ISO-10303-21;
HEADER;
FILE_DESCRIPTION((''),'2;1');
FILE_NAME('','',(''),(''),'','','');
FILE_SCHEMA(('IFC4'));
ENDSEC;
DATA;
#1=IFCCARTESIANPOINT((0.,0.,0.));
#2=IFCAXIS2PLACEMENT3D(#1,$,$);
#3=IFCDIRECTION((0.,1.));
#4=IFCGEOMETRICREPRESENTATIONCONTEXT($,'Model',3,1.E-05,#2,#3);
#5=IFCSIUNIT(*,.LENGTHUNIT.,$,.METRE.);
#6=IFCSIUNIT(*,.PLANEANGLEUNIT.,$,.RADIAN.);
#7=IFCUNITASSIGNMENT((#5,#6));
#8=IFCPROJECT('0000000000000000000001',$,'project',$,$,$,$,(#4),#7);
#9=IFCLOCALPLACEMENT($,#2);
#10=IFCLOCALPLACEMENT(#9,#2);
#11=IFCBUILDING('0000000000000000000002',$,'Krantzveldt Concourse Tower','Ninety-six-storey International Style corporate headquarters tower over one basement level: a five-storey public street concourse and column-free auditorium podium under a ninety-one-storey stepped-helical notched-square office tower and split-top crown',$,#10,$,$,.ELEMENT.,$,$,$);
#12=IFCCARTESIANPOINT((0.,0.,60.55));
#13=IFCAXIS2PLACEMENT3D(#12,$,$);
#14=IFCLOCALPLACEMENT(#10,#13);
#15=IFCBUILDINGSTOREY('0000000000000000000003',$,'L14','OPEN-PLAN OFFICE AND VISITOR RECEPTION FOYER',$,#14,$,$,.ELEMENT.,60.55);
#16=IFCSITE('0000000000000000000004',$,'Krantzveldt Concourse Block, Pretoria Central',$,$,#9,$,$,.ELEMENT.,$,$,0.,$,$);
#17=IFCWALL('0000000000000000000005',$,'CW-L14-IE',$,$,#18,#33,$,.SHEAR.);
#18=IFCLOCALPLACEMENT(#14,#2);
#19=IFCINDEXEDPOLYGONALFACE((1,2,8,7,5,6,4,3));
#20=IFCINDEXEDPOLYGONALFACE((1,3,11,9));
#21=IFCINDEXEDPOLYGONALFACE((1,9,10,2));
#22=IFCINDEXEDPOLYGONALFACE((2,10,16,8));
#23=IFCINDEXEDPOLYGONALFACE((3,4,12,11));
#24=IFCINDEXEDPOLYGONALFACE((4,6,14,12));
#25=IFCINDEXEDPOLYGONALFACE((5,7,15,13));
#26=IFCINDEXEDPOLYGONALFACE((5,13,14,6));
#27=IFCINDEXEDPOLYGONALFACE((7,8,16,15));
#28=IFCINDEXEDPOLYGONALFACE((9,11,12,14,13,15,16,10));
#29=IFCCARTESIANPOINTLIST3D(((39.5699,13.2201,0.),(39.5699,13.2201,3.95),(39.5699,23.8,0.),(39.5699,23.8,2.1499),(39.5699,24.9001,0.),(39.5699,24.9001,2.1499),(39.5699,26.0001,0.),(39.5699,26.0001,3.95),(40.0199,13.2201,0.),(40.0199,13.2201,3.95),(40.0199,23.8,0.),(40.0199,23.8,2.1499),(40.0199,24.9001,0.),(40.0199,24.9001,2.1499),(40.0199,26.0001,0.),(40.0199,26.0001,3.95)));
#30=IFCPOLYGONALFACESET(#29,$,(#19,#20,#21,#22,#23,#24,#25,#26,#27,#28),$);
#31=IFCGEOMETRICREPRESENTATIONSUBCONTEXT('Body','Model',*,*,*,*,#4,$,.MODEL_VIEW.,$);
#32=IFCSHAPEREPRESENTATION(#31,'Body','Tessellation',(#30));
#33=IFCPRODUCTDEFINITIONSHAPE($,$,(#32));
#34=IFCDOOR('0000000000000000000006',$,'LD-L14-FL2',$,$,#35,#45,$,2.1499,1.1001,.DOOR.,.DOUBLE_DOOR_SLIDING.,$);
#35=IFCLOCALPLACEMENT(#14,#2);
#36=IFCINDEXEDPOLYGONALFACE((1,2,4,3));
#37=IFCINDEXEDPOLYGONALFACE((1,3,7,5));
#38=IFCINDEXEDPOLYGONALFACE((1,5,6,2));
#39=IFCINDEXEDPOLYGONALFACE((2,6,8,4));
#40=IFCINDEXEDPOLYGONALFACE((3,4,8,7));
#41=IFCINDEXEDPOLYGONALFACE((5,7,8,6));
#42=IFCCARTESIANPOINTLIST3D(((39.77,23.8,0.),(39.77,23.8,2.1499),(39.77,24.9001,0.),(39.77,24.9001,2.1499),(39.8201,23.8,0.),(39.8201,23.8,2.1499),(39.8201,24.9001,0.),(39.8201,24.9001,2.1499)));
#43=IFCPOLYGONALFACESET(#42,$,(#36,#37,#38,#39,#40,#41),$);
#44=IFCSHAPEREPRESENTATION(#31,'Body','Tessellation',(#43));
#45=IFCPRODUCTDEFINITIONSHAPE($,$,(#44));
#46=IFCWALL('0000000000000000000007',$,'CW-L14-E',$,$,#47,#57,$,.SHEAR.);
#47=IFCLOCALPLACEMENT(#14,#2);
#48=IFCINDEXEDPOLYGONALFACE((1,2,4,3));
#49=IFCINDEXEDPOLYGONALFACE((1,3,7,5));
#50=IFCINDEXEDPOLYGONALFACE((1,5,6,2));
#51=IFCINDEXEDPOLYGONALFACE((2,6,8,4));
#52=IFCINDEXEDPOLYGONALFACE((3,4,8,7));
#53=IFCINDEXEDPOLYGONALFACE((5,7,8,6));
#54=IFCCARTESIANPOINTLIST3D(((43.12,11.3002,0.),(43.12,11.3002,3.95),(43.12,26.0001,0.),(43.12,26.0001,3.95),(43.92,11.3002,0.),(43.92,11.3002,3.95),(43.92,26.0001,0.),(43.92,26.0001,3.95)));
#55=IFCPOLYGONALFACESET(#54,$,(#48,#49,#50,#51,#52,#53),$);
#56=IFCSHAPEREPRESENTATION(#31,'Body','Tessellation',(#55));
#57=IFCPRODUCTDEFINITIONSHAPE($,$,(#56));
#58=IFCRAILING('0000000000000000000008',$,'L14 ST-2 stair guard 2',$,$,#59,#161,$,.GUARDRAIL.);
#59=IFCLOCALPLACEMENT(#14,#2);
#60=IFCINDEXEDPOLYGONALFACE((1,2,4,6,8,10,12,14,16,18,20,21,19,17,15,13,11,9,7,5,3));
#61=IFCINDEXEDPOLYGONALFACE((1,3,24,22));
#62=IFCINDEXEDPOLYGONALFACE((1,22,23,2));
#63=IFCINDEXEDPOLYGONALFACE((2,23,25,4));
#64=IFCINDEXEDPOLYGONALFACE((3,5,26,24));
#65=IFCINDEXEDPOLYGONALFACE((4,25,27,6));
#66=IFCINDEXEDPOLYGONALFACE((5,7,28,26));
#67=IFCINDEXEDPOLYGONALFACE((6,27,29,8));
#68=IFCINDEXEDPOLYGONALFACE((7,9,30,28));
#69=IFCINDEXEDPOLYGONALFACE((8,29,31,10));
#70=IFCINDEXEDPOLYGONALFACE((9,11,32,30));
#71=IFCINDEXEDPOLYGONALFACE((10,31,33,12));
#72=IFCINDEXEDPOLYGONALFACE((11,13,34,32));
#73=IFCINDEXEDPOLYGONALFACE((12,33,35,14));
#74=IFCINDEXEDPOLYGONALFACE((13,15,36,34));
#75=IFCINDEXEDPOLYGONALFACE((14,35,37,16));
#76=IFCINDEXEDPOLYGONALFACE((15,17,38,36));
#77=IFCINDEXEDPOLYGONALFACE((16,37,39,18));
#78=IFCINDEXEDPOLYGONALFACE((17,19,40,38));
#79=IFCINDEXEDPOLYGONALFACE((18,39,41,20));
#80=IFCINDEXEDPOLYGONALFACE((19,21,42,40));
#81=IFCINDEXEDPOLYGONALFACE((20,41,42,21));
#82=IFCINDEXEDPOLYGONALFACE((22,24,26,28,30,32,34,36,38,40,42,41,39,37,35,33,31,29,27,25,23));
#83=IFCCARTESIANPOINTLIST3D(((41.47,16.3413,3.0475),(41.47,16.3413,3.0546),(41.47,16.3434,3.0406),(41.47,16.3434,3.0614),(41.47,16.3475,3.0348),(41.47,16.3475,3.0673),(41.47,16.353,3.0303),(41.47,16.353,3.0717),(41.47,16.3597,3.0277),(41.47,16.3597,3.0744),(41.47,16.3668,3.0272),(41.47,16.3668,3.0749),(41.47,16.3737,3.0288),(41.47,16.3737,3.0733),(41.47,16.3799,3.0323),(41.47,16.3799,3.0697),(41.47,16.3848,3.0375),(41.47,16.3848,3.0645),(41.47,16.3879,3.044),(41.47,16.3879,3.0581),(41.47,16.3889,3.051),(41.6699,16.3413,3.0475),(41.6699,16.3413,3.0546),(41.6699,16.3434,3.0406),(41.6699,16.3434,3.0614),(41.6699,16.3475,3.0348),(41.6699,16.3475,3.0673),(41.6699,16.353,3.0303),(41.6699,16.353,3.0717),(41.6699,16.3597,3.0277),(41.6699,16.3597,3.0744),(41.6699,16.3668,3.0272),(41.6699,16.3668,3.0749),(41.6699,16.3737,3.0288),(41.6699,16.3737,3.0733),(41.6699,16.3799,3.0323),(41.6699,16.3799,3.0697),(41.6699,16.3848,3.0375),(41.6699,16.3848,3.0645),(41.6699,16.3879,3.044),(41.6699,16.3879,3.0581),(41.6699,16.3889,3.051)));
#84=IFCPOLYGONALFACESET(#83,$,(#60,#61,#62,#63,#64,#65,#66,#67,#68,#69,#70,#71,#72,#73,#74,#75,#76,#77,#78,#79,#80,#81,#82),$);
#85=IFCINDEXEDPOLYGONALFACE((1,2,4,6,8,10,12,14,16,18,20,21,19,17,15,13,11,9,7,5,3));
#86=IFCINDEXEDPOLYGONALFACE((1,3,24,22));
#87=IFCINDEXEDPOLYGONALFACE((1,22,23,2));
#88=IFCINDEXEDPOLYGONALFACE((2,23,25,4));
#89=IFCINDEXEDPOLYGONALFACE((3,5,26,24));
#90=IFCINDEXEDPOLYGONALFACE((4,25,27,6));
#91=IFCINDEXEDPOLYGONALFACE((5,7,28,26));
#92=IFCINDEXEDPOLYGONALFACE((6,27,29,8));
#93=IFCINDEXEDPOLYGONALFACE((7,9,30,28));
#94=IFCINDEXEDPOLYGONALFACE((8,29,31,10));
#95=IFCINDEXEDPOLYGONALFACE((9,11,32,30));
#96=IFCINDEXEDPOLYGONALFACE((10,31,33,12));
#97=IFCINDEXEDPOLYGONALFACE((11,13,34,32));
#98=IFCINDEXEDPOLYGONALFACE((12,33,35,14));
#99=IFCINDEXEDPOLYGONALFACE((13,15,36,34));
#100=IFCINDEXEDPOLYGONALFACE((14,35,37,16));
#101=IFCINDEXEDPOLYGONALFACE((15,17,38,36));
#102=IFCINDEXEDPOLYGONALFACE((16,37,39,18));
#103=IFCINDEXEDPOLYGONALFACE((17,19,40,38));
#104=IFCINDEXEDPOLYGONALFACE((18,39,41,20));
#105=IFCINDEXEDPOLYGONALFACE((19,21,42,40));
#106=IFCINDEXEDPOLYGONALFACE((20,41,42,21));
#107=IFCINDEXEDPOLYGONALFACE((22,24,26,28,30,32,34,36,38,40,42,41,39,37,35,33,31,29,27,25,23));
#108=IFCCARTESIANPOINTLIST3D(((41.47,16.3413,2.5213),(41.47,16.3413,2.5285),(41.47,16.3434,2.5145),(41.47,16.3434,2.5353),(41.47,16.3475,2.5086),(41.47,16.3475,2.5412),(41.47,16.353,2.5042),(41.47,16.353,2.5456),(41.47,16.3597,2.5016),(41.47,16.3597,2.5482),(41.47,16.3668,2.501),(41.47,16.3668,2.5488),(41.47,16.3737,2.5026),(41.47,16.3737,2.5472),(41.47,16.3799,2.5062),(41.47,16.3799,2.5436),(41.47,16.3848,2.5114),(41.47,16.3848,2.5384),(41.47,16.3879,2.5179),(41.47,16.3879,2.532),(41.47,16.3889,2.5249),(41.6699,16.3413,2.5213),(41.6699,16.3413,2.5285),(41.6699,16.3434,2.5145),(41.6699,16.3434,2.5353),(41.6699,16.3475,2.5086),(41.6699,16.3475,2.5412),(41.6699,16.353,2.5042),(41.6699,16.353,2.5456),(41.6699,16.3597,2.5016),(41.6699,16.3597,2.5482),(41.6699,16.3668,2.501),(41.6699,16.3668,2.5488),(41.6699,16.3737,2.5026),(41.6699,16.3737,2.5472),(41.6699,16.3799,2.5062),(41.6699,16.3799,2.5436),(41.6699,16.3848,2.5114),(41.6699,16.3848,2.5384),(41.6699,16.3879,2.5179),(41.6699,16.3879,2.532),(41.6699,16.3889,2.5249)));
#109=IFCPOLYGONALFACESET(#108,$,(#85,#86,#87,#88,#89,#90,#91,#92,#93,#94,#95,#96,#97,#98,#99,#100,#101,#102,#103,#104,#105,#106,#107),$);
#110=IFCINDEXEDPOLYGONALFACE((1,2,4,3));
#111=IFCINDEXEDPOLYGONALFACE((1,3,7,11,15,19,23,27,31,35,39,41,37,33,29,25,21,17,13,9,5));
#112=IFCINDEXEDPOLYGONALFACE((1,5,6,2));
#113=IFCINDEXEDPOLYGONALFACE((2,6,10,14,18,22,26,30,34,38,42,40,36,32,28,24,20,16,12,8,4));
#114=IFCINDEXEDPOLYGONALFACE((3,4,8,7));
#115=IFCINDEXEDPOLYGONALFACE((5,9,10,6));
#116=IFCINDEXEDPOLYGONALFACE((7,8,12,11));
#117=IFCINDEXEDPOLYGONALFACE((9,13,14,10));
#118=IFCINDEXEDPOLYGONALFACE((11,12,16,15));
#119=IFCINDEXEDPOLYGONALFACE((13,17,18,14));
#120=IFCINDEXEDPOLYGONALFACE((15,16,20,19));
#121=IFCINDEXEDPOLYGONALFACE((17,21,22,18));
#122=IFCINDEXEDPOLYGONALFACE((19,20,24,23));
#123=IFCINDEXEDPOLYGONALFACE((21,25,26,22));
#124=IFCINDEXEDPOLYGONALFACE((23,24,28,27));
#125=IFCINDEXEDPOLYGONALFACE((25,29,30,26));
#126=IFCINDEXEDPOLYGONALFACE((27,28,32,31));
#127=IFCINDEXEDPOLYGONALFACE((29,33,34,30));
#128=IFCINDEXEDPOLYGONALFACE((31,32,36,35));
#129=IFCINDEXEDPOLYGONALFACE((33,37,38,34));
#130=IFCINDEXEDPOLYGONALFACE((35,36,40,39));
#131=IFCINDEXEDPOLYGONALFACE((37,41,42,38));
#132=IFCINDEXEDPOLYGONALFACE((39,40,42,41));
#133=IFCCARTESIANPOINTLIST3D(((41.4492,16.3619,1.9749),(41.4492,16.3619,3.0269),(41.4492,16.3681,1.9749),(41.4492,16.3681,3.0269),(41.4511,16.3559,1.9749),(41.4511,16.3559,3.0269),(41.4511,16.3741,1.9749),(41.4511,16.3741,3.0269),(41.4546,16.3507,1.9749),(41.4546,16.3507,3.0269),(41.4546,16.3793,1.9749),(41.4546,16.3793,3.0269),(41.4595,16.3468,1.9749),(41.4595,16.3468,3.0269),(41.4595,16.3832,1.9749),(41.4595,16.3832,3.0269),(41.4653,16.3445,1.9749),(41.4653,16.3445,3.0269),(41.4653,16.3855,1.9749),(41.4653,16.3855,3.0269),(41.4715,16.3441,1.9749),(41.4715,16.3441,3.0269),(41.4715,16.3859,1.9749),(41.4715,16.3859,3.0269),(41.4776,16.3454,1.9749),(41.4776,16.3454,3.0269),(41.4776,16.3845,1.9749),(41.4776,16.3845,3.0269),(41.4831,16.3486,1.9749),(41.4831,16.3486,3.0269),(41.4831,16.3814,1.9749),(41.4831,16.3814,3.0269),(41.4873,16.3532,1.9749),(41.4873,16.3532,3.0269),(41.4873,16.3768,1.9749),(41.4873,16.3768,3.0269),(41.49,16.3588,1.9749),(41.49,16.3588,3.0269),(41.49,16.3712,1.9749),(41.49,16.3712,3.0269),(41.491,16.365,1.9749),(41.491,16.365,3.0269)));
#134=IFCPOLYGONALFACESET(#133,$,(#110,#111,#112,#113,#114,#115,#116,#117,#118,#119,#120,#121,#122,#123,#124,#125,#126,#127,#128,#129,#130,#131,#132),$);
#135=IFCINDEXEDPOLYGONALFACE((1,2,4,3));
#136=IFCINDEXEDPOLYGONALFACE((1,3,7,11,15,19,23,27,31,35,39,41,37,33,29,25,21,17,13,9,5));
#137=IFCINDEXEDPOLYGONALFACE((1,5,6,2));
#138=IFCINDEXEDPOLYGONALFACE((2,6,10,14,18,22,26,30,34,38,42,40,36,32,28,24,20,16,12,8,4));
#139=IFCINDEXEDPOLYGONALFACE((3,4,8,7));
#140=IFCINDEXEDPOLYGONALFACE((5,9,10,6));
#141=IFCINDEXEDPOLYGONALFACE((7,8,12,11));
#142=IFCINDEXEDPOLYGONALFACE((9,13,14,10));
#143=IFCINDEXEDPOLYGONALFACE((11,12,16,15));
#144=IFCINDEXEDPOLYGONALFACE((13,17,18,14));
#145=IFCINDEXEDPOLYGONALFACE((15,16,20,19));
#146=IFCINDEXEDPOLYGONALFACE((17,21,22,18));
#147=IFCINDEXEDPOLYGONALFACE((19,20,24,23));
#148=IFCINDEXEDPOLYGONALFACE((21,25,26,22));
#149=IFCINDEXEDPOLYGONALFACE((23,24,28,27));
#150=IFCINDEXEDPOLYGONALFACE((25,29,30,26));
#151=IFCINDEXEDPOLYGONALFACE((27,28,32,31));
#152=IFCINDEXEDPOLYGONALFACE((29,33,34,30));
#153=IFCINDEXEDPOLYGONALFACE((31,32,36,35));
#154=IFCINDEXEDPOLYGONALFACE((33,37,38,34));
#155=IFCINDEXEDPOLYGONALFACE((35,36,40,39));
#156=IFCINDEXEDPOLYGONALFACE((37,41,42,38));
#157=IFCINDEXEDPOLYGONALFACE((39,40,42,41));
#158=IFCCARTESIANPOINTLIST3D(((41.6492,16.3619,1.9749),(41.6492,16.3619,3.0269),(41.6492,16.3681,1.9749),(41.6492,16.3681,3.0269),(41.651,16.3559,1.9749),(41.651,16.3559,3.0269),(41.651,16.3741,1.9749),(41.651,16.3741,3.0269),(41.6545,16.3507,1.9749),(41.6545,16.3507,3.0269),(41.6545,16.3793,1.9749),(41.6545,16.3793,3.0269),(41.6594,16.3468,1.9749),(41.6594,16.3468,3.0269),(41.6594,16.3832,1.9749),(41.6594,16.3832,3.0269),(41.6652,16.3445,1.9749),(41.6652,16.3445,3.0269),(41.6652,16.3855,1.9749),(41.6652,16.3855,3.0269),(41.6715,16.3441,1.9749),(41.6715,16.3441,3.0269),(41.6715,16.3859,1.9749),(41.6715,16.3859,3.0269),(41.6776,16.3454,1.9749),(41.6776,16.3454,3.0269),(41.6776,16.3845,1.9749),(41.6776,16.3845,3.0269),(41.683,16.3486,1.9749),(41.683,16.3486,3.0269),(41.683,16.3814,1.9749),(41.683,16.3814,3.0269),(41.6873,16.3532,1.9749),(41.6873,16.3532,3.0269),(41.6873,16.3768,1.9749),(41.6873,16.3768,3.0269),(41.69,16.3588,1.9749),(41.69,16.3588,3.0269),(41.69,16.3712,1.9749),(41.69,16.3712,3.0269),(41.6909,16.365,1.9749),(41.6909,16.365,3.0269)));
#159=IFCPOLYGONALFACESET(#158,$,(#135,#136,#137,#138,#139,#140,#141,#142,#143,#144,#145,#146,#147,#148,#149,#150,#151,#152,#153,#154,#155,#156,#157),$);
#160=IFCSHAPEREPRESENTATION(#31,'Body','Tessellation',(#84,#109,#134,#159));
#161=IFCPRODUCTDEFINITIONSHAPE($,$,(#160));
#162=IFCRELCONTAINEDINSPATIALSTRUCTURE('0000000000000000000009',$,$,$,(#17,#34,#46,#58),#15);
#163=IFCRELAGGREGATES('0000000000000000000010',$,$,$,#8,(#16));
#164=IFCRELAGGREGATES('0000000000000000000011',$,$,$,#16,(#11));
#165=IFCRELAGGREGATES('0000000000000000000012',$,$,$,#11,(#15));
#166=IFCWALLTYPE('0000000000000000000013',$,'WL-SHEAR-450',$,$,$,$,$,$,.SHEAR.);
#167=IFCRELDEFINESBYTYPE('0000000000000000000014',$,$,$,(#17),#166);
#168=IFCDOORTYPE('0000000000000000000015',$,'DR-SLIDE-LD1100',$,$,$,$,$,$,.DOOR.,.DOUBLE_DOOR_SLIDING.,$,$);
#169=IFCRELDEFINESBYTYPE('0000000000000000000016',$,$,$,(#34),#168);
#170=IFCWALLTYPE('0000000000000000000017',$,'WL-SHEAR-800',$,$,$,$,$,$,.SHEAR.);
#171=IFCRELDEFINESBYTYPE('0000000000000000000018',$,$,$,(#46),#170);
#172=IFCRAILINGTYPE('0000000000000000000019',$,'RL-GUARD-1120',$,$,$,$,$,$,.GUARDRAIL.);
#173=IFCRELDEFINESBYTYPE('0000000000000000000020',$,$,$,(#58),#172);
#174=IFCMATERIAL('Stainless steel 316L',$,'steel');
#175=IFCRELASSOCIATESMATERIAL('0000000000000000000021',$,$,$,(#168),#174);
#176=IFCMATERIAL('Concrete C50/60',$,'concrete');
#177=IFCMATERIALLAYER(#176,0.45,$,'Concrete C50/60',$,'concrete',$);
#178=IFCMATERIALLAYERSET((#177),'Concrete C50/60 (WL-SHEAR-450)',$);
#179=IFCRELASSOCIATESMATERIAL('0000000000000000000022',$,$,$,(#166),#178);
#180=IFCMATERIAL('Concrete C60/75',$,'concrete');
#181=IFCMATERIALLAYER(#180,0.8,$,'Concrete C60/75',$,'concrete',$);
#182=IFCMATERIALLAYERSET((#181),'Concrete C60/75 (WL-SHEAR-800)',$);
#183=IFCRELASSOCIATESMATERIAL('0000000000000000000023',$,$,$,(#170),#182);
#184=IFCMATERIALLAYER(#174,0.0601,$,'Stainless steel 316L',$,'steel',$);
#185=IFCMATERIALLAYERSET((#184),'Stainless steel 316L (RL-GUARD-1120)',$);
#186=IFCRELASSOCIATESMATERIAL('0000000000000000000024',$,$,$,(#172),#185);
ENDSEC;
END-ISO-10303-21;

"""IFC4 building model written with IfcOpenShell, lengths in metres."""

from ifc_helpers import new_model, si_unit, direction, frame, frame_2d, origin, origin_2d, place, context, subcontext, project, spatial, rectangle, circle, extrude, material, layer, layer_set, type_object, element, fill, save


model = new_model("IFC4")

# Units and contexts
model_context = context("Model", 3, precision=1e-05, world=origin(), true_north=direction((0.0, 1.0)))
body_context = subcontext(model_context, "Body", "Model", "MODEL_VIEW")
ifc_project = project(units=[si_unit("LENGTHUNIT", "METRE"), si_unit("PLANEANGLEUNIT", "RADIAN")], contexts=[model_context])

# Site, building, storey
site_placement = place(None, origin())
site = spatial("IfcSite", under=ifc_project, at=site_placement, Name="Krantzveldt Concourse Block, Pretoria Central", CompositionType="ELEMENT", RefElevation=0.0)
building_placement = place(site_placement, origin())
building = spatial("IfcBuilding", under=site, at=building_placement, Name="Krantzveldt Concourse Tower", Description="Ninety-six-storey International Style corporate headquarters tower over one basement level: a five-storey public street concourse and column-free auditorium podium under a ninety-one-storey stepped-helical notched-square office tower and split-top crown", CompositionType="ELEMENT")
storey_placement = place(building_placement, frame((0.0, 0.0, 60.55)))
storey = spatial("IfcBuildingStorey", under=building, at=storey_placement, Name="L14", Description="OPEN-PLAN OFFICE AND VISITOR RECEPTION FOYER", CompositionType="ELEMENT", Elevation=60.55)

# Shared definitions
ifc_material_1 = material(Name="Stainless steel 316L", Category="steel")
door_type = type_object("IfcDoorType", Name="DR-SLIDE-LD1100", OperationType="DOUBLE_DOOR_SLIDING", PredefinedType="DOOR", material=ifc_material_1)

# Shared definitions
ifc_material_2 = material(Name="Concrete C50/60", Category="concrete")

# Wall, opening, door
ifc_layer_1 = layer(ifc_material_2, 0.45, Name="Concrete C50/60", Category="concrete")
ifc_layer_set_1 = layer_set([ifc_layer_1], Name="Concrete C50/60 (WL-SHEAR-450)")
wall_type_1 = type_object("IfcWallType", Name="WL-SHEAR-450", PredefinedType="SHEAR", material=ifc_layer_set_1)
wall_1_placement = place(storey_placement, frame((39.7949, 13.22, 0.0), z_axis=(0.0, 0.0, 1.0), x_axis=(0.0, 1.0, 0.0)))
wall_1 = element("IfcWall", 1, at=wall_1_placement, inside=storey, type_object=wall_type_1, Name="CW-L14-IE", PredefinedType="SHEAR", context=body_context, shape_type="SweptSolid", body=[
    extrude(rectangle(XDim=12.78, YDim=0.45, at=frame_2d((6.3901, 0.0))), origin(), (0.0, 0.0, 1.0), 3.95),
])
opening_1_placement = place(wall_1_placement, frame((10.5801, 0.0, 0.0)))
opening_1 = element("IfcOpeningElement", 2, at=opening_1_placement, cuts=wall_1, PredefinedType="OPENING", context=body_context, shape_type="SweptSolid", body=[
    extrude(rectangle(XDim=1.1001, YDim=2.1499, at=frame_2d((0.55, 1.075))), frame((0.0, 0.2349, 0.0), z_axis=(0.0, -1.0, 0.0), x_axis=(1.0, 0.0, 0.0)), (0.0, 0.0, 1.0), 0.47),
])
door_1_placement = place(opening_1_placement, origin())
door_1 = element("IfcDoor", 3, at=door_1_placement, inside=storey, type_object=door_type, Name="LD-L14-FL2", OperationType="DOUBLE_DOOR_SLIDING", OverallHeight=2.1499, OverallWidth=1.1001, PredefinedType="DOOR", context=body_context, shape_type="SweptSolid", body=[
    extrude(rectangle(XDim=1.1001, YDim=2.1499, at=frame_2d((0.55, 1.075))), frame((0.0, 0.0249, 0.0), z_axis=(0.0, -1.0, 0.0), x_axis=(1.0, 0.0, 0.0)), (0.0, 0.0, 1.0), 0.05),
])
fill(opening_1, door_1)

# Wall
ifc_material_3 = material(Name="Concrete C60/75", Category="concrete")
ifc_layer_2 = layer(ifc_material_3, 0.8, Name="Concrete C60/75", Category="concrete")
ifc_layer_set_2 = layer_set([ifc_layer_2], Name="Concrete C60/75 (WL-SHEAR-800)")
wall_type_2 = type_object("IfcWallType", Name="WL-SHEAR-800", PredefinedType="SHEAR", material=ifc_layer_set_2)
wall_2_placement = place(storey_placement, frame((43.52, 11.3, 0.0), z_axis=(0.0, 0.0, 1.0), x_axis=(0.0, 1.0, 0.0)))
element("IfcWall", 4, at=wall_2_placement, inside=storey, type_object=wall_type_2, Name="CW-L14-E", PredefinedType="SHEAR", context=body_context, shape_type="SweptSolid", body=[
    extrude(rectangle(XDim=14.7, YDim=0.8, at=frame_2d((7.3501, 0.0))), origin(), (0.0, 0.0, 1.0), 3.95),
])

# Railing
ifc_layer_3 = layer(ifc_material_1, 0.0601, Name="Stainless steel 316L", Category="steel")
ifc_layer_set_3 = layer_set([ifc_layer_3], Name="Stainless steel 316L (RL-GUARD-1120)")
railing_type = type_object("IfcRailingType", Name="RL-GUARD-1120", PredefinedType="GUARDRAIL", material=ifc_layer_set_3)
railing_placement = place(storey_placement, frame((41.47, 16.365, 1.9749)))
element("IfcRailing", 5, at=railing_placement, inside=storey, type_object=railing_type, Name="L14 ST-2 stair guard 2", PredefinedType="GUARDRAIL", context=body_context, shape_type="SweptSolid", body=[
    extrude(circle(Radius=0.0239, at=origin_2d()), frame((0.0, 0.0, 1.0762), z_axis=(1.0, 0.0, 0.0), x_axis=(0.0, 1.0, 0.0)), (0.0, 0.0, 1.0), 0.2),
    extrude(circle(Radius=0.0239, at=origin_2d()), frame((0.0, 0.0, 0.55), z_axis=(1.0, 0.0, 0.0), x_axis=(0.0, 1.0, 0.0)), (0.0, 0.0, 1.0), 0.2),
    extrude(circle(Radius=0.021, at=origin_2d()), origin(), (0.0, 0.0, 1.0), 1.052),
    extrude(circle(Radius=0.021, at=origin_2d()), frame((0.2, 0.0, 0.0)), (0.0, 0.0, 1.0), 1.052),
])

save(model, "model.ifc")
